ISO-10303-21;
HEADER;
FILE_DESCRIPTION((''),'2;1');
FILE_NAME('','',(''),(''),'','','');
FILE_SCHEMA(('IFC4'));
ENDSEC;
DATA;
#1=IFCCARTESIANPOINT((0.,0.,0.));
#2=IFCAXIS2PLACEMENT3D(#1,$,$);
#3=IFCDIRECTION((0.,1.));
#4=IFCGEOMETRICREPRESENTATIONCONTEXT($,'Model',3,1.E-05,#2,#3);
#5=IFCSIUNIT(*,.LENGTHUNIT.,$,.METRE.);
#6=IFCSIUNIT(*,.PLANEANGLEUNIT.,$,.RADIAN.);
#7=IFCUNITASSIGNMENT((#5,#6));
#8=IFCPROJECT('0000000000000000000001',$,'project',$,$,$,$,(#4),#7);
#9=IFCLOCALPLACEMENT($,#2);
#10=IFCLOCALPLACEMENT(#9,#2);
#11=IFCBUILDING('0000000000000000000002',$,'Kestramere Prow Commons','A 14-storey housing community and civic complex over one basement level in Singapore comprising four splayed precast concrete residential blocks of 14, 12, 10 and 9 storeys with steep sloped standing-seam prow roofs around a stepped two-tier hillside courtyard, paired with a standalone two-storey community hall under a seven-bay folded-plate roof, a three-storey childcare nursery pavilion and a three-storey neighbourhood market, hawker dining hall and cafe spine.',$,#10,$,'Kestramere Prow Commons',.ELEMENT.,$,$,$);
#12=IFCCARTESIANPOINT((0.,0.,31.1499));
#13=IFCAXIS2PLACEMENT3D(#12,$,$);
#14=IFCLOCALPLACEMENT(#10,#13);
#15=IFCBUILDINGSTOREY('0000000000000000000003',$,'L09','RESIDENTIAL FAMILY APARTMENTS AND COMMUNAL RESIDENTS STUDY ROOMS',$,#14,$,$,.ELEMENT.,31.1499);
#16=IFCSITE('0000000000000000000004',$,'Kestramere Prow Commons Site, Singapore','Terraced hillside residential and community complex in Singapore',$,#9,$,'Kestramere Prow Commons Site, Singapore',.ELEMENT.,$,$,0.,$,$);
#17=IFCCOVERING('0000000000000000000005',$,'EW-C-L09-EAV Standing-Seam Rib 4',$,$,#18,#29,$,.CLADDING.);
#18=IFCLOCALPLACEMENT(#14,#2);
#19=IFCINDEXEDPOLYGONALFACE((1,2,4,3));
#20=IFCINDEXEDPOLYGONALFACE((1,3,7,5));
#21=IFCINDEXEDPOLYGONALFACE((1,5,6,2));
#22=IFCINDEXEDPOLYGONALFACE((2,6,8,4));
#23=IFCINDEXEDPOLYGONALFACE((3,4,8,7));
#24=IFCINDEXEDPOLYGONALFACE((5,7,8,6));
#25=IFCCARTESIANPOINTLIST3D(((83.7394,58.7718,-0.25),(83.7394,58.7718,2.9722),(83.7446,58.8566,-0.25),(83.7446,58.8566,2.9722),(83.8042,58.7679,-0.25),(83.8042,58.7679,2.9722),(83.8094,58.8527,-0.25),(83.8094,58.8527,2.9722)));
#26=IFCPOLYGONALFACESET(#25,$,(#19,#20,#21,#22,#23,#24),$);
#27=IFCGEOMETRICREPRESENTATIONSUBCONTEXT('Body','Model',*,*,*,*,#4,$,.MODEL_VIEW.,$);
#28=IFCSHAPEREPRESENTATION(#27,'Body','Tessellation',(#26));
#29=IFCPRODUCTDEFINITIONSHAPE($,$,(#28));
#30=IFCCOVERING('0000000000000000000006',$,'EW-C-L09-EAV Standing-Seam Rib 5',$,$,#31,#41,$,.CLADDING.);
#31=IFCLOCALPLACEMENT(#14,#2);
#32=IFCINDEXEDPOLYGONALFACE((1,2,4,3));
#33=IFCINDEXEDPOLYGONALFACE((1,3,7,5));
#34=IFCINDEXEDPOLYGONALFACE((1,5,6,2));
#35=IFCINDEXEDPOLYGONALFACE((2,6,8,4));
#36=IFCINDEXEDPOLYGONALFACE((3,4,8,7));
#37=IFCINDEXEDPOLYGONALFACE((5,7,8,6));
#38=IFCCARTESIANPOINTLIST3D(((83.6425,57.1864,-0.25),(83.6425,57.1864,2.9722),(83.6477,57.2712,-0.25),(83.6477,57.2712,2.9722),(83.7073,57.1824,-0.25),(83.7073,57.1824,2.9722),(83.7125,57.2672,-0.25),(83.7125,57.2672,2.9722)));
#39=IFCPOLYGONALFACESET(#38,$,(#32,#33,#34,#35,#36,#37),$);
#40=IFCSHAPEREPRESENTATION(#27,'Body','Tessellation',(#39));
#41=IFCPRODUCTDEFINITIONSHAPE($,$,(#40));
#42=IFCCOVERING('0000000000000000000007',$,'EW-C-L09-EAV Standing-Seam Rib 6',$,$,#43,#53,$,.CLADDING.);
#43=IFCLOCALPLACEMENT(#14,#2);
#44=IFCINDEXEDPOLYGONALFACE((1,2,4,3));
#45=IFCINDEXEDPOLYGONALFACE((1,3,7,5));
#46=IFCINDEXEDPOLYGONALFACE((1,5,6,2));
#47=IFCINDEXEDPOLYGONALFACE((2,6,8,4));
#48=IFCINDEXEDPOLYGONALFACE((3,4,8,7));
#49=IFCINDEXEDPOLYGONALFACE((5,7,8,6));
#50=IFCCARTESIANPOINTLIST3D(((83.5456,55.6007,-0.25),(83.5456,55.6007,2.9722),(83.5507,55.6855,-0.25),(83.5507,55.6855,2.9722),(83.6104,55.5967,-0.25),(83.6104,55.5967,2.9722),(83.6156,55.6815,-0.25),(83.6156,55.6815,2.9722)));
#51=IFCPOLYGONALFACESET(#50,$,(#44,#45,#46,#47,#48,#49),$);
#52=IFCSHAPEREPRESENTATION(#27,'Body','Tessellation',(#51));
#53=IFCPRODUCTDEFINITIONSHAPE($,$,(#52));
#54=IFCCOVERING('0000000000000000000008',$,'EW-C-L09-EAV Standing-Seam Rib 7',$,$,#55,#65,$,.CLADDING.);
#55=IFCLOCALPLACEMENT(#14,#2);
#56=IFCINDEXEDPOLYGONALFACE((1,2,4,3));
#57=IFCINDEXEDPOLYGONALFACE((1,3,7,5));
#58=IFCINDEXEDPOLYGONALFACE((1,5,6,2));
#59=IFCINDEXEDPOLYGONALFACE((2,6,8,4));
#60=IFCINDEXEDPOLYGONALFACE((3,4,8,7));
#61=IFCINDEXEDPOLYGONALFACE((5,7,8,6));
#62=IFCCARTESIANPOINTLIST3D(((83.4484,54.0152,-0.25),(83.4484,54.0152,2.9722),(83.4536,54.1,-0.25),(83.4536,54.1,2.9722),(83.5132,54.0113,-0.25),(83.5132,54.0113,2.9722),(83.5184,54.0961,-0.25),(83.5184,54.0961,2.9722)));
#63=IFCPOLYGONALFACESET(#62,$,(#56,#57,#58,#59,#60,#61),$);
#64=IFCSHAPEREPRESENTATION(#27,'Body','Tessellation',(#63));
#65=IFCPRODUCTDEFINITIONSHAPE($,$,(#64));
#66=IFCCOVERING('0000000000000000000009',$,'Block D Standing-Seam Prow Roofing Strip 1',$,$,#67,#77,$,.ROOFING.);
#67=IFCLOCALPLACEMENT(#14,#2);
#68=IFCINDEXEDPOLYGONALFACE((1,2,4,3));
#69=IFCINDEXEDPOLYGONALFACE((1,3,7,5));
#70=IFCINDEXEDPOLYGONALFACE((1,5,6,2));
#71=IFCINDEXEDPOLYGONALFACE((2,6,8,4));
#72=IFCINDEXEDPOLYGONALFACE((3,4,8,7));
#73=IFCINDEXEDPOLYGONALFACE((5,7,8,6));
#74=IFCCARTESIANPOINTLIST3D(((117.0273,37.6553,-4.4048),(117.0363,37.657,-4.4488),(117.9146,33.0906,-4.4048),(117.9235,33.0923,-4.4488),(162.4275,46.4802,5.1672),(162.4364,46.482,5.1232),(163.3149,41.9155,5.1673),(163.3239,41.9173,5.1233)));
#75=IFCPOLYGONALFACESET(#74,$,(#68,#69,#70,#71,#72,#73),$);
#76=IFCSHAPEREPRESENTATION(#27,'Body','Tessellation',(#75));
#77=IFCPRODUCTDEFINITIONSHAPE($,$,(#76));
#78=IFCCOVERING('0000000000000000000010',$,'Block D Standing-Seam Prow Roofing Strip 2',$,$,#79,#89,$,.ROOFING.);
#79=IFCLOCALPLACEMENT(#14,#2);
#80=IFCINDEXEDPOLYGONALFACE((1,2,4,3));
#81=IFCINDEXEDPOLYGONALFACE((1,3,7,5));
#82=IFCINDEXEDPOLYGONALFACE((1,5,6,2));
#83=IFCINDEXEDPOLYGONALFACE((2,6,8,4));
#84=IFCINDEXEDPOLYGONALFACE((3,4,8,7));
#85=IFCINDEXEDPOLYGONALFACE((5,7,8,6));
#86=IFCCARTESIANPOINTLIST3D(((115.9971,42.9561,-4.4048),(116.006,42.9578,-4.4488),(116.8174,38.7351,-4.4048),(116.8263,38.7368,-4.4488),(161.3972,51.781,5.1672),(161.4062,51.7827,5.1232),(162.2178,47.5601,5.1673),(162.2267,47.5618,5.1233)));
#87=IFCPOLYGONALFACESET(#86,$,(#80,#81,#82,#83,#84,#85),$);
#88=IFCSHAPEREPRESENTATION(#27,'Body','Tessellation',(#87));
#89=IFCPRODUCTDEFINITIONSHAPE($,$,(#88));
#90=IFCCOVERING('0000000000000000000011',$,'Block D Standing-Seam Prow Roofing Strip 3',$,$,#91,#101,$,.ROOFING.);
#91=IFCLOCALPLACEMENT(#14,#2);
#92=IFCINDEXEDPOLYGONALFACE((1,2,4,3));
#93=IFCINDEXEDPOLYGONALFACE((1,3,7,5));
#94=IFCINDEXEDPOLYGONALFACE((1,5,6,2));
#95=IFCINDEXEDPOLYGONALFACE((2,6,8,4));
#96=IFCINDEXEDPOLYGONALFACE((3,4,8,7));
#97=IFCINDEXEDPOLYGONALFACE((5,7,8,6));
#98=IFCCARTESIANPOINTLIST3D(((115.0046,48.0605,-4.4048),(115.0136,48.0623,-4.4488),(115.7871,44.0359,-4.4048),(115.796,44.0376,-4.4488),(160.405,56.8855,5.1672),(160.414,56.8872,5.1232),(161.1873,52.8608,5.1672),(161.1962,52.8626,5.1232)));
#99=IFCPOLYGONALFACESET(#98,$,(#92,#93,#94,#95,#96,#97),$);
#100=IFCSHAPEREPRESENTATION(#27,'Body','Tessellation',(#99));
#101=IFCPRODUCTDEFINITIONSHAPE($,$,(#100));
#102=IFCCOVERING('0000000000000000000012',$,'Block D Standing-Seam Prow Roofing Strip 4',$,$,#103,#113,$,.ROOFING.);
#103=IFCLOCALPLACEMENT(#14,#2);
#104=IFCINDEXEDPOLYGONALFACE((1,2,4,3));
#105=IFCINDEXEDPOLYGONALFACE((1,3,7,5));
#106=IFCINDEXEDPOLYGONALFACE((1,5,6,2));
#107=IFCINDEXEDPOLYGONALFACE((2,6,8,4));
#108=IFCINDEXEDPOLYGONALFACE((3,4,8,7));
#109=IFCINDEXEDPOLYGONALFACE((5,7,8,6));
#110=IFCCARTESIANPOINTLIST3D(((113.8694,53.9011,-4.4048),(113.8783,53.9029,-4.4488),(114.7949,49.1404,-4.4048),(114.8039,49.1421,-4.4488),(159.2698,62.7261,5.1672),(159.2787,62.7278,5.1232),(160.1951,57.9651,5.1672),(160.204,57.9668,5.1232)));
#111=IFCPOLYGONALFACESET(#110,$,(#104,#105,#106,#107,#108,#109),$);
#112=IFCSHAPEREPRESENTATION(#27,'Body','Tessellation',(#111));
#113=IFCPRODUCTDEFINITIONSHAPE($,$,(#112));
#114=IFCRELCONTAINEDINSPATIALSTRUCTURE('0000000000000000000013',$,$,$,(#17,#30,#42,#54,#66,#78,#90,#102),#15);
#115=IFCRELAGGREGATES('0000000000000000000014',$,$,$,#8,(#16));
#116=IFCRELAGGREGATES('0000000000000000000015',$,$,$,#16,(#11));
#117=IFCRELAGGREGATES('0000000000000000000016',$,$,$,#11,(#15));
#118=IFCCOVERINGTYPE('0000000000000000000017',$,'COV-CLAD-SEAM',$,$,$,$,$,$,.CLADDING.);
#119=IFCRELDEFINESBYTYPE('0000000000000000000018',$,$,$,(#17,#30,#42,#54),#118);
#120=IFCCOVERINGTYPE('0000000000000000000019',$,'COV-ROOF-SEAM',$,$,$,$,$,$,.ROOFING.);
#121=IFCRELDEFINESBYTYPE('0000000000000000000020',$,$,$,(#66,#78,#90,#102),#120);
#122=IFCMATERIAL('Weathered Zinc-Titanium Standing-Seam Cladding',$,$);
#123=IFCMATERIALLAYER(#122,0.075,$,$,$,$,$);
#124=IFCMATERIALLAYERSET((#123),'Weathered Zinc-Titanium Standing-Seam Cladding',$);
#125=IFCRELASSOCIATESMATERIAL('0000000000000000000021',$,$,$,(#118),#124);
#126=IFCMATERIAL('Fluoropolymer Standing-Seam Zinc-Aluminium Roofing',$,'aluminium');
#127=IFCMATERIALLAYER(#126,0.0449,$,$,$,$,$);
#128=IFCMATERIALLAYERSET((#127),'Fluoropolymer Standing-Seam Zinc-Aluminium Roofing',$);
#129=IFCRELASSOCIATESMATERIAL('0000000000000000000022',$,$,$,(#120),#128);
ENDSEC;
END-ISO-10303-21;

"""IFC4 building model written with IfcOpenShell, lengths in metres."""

from ifc_helpers import new_model, si_unit, direction, frame, origin, origin_2d, place, context, subcontext, project, spatial, polyline, rectangle, outline, extrude, material, layer, layer_set, type_object, element, save


model = new_model("IFC4")

# Units and contexts
model_context = context("Model", 3, precision=1e-05, world=origin(), true_north=direction((0.0, 1.0)))
body_context = subcontext(model_context, "Body", "Model", "MODEL_VIEW")
ifc_project = project(units=[si_unit("LENGTHUNIT", "METRE"), si_unit("PLANEANGLEUNIT", "RADIAN")], contexts=[model_context])

# Site, building, storey
site_placement = place(None, origin())
site = spatial("IfcSite", under=ifc_project, at=site_placement, Name="Kestramere Prow Commons Site, Singapore", Description="Terraced hillside residential and community complex in Singapore", LongName="Kestramere Prow Commons Site, Singapore", CompositionType="ELEMENT", RefElevation=0.0)
building_placement = place(site_placement, origin())
building = spatial("IfcBuilding", under=site, at=building_placement, Name="Kestramere Prow Commons", Description="A 14-storey housing community and civic complex over one basement level in Singapore comprising four splayed precast concrete residential blocks of 14, 12, 10 and 9 storeys with steep sloped standing-seam prow roofs around a stepped two-tier hillside courtyard, paired with a standalone two-storey community hall under a seven-bay folded-plate roof, a three-storey childcare nursery pavilion and a three-storey neighbourhood market, hawker dining hall and cafe spine.", LongName="Kestramere Prow Commons", CompositionType="ELEMENT")
storey_placement = place(building_placement, frame((0.0, 0.0, 31.1499)))
storey = spatial("IfcBuildingStorey", under=building, at=storey_placement, Name="L09", Description="RESIDENTIAL FAMILY APARTMENTS AND COMMUNAL RESIDENTS STUDY ROOMS", CompositionType="ELEMENT", Elevation=31.1499)

# Coverings
ifc_material_1 = material(Name="Weathered Zinc-Titanium Standing-Seam Cladding")
ifc_layer_1 = layer(ifc_material_1, 0.075)
ifc_layer_set_1 = layer_set([ifc_layer_1], Name="Weathered Zinc-Titanium Standing-Seam Cladding")
covering_type_1 = type_object("IfcCoveringType", Name="COV-CLAD-SEAM", PredefinedType="CLADDING", material=ifc_layer_set_1)
for number, where, z_axis, x_axis, name in (
    (1, (83.7744, 58.8123, -0.25), (0.0, 0.0, 1.0), (-0.061049, -0.998135, 0.0), "EW-C-L09-EAV Standing-Seam Rib 4"),
    (2, (83.6775, 57.2268, -0.25), (0.0, 0.0, 1.0), (-0.061049, -0.998135, 0.0), "EW-C-L09-EAV Standing-Seam Rib 5"),
    (3, (83.5806, 55.6411, -0.25), (0.0, 0.0, 1.0), (-0.061049, -0.998135, 0.0), "EW-C-L09-EAV Standing-Seam Rib 6"),
    (4, (83.4834, 54.0557, -0.25), (0.0, 0.0, 1.0), (-0.061049, -0.998135, 0.0), "EW-C-L09-EAV Standing-Seam Rib 7"),
):
    element("IfcCovering", number, at=place(storey_placement, frame(where, z_axis=z_axis, x_axis=x_axis)), inside=storey, type_object=covering_type_1, Name=name, PredefinedType="CLADDING", context=body_context, shape_type="SweptSolid", body=[
        extrude(rectangle(XDim=0.085, YDim=0.0649, at=origin_2d()), origin(), (0.0, 0.0, 1.0), 3.2222),
    ])
ifc_material_2 = material(Name="Fluoropolymer Standing-Seam Zinc-Aluminium Roofing", Category="aluminium")
ifc_layer_2 = layer(ifc_material_2, 0.0449)
ifc_layer_set_2 = layer_set([ifc_layer_2], Name="Fluoropolymer Standing-Seam Zinc-Aluminium Roofing")
covering_type_2 = type_object("IfcCoveringType", Name="COV-ROOF-SEAM", PredefinedType="ROOFING", material=ifc_layer_set_2)
covering_1_placement = place(storey_placement, frame((117.9146, 33.0906, -4.4048), z_axis=(-0.198944, -0.038673, 0.979248), x_axis=(0.961256, 0.186849, 0.202668)))
element("IfcCovering", 5, at=covering_1_placement, inside=storey, type_object=covering_type_2, Name="Block D Standing-Seam Prow Roofing Strip 1", PredefinedType="ROOFING", context=body_context, shape_type="SweptSolid", body=[
    extrude(outline(polyline([(0.0, 0.0), (47.2303, 0.0), (47.2301, 4.6502), (0.0001, 4.6501), (0.0, 0.0)])), origin(), (0.0, 0.0, -1.0), 0.0449),
])
covering_2_placement = place(storey_placement, frame((116.8174, 38.7351, -4.4048), z_axis=(-0.198944, -0.038669, 0.979248), x_axis=(0.961256, 0.186849, 0.202668)))
element("IfcCovering", 6, at=covering_2_placement, inside=storey, type_object=covering_type_2, Name="Block D Standing-Seam Prow Roofing Strip 2", PredefinedType="ROOFING", context=body_context, shape_type="SweptSolid", body=[
    extrude(outline(polyline([(0.0, 0.0), (47.2303, 0.0), (47.2302, 4.3), (0.0002, 4.2999), (0.0, 0.0)])), origin(), (0.0, 0.0, -1.0), 0.0449),
])
covering_3_placement = place(storey_placement, frame((115.7871, 44.0359, -4.4048), z_axis=(-0.198944, -0.038672, 0.979248), x_axis=(0.961256, 0.18685, 0.202668)))
element("IfcCovering", 7, at=covering_3_placement, inside=storey, type_object=covering_type_2, Name="Block D Standing-Seam Prow Roofing Strip 3", PredefinedType="ROOFING", context=body_context, shape_type="SweptSolid", body=[
    extrude(outline(polyline([(0.0, 0.0), (47.23, 0.0), (47.2301, 4.1), (-0.0001, 4.1), (0.0, 0.0)])), origin(), (0.0, 0.0, -1.0), 0.0449),
])
covering_4_placement = place(storey_placement, frame((114.7949, 49.1404, -4.4048), z_axis=(-0.198944, -0.038671, 0.979248), x_axis=(0.961257, 0.186845, 0.202668)))
element("IfcCovering", 8, at=covering_4_placement, inside=storey, type_object=covering_type_2, Name="Block D Standing-Seam Prow Roofing Strip 4", PredefinedType="ROOFING", context=body_context, shape_type="SweptSolid", body=[
    extrude(outline(polyline([(0.0, 0.0), (47.23, 0.0), (47.2301, 4.8501), (-0.0002, 4.8499), (0.0, 0.0)])), origin(), (0.0, 0.0, -1.0), 0.0449),
])

save(model, "model.ifc")
